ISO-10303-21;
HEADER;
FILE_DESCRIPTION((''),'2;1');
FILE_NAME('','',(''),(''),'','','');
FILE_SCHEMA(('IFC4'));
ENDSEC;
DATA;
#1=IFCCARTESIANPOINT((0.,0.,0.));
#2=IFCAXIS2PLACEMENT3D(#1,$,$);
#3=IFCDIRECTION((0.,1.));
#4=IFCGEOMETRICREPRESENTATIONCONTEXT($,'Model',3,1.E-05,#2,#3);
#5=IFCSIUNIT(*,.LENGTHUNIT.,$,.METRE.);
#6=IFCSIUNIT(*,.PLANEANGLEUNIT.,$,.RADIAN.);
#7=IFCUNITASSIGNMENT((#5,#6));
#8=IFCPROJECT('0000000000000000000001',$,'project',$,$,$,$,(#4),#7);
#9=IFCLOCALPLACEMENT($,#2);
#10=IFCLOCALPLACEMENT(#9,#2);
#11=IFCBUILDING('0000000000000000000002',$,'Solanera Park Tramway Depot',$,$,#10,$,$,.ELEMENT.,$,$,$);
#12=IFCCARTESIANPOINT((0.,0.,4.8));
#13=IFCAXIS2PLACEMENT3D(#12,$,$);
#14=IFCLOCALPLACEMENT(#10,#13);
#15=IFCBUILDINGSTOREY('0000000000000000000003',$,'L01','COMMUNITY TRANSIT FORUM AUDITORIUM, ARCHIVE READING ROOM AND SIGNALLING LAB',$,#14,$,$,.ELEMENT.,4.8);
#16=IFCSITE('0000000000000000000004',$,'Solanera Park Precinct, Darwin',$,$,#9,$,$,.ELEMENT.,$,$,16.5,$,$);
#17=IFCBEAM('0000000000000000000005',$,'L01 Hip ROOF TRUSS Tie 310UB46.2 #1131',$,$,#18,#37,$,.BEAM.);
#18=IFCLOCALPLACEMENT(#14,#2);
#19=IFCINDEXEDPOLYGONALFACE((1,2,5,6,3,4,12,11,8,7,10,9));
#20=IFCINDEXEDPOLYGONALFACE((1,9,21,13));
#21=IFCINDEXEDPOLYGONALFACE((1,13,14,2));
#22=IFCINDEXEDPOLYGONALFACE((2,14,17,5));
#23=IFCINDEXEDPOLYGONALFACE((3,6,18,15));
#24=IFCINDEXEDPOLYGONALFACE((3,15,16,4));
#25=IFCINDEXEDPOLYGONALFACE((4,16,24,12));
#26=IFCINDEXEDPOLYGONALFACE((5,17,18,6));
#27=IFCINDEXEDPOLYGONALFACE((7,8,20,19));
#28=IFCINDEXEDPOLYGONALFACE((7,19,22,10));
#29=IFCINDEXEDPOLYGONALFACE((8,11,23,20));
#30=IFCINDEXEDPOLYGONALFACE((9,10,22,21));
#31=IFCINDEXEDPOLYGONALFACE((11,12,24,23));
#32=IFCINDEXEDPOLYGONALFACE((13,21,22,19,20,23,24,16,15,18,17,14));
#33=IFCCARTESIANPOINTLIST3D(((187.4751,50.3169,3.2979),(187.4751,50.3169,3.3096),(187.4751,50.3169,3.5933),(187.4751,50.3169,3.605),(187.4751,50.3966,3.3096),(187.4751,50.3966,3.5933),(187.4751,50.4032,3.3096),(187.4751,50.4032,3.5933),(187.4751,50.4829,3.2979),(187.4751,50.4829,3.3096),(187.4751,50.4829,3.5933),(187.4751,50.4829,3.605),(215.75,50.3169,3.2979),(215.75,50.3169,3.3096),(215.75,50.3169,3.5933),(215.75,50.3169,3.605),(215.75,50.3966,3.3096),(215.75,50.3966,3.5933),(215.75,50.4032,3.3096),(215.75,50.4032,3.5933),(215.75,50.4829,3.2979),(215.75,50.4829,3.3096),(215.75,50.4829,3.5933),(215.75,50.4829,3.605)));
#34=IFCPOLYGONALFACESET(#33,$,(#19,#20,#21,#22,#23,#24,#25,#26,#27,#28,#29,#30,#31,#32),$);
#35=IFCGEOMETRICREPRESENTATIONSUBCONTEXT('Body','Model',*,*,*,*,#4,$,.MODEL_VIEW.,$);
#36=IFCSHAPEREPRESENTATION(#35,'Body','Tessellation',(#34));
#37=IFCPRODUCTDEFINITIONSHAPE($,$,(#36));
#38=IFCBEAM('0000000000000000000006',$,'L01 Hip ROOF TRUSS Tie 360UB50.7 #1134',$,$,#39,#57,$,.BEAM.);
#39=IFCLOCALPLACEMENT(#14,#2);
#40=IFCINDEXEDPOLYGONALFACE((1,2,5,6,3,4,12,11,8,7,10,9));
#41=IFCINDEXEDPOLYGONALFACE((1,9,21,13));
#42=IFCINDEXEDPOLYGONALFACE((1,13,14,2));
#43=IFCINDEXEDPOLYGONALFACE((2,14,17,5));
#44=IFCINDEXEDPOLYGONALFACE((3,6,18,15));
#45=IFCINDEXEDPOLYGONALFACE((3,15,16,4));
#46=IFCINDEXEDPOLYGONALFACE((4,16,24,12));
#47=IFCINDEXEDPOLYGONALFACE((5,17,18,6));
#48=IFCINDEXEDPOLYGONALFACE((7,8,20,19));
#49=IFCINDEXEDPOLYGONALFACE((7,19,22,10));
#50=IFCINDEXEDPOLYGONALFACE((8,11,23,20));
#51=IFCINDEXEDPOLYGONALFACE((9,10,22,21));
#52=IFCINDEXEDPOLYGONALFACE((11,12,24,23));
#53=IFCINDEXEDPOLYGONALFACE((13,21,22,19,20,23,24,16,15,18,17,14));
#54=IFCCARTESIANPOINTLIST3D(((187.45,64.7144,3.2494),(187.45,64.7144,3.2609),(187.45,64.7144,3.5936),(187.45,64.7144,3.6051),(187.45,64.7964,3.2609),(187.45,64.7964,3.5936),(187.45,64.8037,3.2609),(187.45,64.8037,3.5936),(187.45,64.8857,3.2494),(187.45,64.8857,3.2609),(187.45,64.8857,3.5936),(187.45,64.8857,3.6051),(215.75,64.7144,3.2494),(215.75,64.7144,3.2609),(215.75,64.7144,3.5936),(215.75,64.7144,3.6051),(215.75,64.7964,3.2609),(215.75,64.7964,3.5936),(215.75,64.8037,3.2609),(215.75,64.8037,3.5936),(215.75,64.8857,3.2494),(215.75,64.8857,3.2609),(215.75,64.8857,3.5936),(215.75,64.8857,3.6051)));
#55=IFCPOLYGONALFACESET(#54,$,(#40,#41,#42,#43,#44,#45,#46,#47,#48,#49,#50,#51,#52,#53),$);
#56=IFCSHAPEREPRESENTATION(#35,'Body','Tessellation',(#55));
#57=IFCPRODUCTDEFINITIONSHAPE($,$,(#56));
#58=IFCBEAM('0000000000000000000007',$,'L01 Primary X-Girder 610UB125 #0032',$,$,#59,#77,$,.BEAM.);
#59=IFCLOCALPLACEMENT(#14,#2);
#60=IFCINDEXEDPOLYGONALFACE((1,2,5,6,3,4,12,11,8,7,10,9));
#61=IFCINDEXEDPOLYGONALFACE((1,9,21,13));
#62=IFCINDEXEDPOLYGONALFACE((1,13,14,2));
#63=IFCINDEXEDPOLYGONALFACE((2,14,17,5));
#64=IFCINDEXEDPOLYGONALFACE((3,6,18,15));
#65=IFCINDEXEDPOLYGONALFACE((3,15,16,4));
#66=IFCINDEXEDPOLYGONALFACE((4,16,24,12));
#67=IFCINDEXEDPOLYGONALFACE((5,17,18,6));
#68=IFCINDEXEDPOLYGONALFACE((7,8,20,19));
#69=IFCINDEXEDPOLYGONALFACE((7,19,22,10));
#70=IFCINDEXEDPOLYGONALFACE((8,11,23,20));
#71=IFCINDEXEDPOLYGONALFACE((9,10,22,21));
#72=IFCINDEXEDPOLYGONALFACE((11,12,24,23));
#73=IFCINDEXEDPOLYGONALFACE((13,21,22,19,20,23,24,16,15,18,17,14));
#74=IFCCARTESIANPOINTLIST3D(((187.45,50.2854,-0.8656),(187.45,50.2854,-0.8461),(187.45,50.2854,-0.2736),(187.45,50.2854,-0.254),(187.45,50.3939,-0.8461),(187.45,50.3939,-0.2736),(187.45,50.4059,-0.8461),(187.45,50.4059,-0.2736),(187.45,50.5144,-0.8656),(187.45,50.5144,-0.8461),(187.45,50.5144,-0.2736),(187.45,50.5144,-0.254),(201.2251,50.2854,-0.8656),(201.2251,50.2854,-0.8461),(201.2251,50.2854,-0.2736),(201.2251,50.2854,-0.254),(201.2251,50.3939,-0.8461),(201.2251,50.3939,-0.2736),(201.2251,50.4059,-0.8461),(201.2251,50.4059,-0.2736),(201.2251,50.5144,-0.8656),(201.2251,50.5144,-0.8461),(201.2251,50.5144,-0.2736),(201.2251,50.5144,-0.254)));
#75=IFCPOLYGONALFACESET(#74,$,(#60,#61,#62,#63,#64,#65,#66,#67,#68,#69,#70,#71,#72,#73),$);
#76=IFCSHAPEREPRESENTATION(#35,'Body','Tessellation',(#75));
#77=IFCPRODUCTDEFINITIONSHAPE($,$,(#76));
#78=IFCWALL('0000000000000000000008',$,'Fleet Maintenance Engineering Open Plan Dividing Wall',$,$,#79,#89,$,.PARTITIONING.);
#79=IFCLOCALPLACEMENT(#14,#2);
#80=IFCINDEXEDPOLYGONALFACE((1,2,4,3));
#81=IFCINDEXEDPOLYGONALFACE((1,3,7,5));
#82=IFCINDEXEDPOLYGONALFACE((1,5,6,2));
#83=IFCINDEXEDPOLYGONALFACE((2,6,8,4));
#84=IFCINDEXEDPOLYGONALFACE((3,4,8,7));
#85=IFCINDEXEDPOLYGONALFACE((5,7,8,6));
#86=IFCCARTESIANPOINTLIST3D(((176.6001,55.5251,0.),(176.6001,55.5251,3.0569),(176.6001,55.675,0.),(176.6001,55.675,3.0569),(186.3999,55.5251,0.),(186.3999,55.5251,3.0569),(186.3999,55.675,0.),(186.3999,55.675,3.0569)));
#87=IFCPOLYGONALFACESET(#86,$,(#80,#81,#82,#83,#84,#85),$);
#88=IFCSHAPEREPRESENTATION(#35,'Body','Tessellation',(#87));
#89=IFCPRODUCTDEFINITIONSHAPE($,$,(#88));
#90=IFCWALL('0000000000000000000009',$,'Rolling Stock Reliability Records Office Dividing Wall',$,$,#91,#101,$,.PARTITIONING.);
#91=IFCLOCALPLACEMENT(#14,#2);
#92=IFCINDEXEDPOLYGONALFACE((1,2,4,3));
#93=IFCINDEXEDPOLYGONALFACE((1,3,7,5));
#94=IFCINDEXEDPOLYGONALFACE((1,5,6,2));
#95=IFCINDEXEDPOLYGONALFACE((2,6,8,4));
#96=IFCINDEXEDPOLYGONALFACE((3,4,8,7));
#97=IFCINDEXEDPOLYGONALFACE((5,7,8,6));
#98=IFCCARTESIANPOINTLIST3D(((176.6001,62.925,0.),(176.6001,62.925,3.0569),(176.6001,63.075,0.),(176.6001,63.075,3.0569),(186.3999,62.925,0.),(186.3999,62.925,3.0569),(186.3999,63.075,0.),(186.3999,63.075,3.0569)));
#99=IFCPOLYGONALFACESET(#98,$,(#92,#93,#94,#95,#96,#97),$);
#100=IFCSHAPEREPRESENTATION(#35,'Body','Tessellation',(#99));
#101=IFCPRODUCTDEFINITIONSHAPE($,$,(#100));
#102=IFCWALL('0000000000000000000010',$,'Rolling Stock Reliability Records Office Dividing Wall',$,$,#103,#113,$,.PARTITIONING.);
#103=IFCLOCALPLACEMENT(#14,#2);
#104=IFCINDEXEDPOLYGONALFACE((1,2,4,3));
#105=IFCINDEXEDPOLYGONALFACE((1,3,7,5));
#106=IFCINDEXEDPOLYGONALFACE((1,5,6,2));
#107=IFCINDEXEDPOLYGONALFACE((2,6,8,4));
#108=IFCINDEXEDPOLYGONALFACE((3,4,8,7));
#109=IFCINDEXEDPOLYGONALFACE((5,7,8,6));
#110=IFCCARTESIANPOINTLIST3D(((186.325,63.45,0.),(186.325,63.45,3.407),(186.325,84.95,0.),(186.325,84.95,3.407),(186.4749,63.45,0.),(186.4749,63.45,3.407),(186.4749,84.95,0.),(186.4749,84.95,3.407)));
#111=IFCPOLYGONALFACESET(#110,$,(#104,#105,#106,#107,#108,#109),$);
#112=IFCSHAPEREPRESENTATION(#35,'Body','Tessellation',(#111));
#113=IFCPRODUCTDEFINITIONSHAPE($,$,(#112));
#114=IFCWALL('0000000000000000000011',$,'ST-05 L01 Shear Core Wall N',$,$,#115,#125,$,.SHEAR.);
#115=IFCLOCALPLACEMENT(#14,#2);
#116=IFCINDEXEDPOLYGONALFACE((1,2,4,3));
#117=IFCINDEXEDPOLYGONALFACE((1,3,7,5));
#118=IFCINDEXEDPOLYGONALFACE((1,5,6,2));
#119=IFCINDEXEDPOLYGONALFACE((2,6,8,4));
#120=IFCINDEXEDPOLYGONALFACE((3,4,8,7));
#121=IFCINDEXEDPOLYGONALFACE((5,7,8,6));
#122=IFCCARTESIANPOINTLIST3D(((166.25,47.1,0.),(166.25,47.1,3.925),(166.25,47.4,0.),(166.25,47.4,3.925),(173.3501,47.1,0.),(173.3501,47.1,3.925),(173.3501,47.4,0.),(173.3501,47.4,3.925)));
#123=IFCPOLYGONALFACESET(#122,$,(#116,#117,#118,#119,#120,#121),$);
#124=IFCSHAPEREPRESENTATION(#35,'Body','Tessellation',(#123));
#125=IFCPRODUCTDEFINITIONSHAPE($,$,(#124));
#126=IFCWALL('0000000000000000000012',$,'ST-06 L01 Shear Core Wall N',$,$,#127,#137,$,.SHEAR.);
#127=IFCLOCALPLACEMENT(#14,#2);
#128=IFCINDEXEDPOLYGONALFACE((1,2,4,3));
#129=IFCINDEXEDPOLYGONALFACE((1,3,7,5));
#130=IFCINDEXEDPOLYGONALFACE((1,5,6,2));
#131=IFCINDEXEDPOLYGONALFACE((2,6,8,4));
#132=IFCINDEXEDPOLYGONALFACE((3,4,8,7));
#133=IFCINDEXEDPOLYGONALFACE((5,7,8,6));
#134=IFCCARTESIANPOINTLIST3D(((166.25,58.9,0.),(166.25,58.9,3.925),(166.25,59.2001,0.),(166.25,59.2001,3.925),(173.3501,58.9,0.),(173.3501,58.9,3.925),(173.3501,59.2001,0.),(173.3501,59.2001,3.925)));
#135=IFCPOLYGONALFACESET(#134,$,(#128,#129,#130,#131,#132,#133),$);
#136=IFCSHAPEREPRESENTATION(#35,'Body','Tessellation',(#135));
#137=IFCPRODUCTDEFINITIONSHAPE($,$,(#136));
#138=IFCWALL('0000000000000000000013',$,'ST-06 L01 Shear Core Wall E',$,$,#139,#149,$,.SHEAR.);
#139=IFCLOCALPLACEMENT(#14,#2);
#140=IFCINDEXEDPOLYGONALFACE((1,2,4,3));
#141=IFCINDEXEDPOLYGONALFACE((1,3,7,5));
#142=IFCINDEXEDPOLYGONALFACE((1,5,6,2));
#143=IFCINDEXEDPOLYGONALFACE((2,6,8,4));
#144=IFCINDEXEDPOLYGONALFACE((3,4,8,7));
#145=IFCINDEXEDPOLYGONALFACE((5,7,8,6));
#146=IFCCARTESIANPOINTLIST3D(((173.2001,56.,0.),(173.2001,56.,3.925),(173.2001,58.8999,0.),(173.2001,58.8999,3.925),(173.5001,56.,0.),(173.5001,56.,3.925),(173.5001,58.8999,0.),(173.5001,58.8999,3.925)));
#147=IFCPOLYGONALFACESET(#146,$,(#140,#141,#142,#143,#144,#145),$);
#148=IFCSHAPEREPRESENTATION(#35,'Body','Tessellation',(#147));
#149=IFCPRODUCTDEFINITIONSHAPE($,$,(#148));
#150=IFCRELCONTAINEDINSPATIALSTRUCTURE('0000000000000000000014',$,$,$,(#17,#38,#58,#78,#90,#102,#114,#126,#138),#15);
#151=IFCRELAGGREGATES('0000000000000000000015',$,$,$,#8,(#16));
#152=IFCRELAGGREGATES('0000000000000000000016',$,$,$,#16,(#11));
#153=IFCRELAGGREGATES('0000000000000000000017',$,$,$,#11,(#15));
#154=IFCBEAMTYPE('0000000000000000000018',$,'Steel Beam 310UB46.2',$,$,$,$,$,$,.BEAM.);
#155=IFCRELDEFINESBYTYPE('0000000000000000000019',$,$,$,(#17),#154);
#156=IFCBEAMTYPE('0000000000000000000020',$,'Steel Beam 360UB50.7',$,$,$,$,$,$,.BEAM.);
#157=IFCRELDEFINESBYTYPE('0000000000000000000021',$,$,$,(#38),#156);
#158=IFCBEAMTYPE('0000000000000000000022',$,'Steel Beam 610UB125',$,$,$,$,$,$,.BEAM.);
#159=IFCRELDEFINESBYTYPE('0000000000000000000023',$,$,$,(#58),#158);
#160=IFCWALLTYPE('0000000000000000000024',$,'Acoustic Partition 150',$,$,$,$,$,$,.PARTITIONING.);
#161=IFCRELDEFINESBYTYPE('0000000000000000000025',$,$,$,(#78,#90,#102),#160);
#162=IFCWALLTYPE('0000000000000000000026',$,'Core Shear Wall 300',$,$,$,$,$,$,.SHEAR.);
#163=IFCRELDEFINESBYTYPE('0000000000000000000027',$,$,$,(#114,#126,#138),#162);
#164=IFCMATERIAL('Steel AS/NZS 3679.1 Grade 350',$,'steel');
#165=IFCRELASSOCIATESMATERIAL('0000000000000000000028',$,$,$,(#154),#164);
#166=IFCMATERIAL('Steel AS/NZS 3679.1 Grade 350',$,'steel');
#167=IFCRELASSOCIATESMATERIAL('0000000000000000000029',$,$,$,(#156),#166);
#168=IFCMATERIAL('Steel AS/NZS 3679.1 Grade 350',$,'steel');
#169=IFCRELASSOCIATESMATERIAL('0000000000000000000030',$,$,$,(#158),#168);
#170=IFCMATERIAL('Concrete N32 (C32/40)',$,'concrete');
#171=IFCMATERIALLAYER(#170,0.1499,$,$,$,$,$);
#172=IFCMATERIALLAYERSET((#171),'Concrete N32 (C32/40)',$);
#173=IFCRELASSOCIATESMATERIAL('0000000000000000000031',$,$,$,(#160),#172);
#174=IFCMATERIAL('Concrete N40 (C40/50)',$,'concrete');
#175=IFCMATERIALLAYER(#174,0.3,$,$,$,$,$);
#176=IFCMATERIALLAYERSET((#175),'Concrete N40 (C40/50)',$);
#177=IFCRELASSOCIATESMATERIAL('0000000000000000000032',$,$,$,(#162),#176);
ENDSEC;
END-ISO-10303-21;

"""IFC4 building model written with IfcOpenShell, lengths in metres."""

from ifc_helpers import new_model, si_unit, direction, frame, frame_2d, origin, origin_2d, place, context, subcontext, project, spatial, rectangle, i_section, extrude, material, layer, layer_set, material_profile, profile_set, type_object, element, save


model = new_model("IFC4")

# Units and contexts
model_context = context("Model", 3, precision=1e-05, world=origin(), true_north=direction((0.0, 1.0)))
body_context = subcontext(model_context, "Body", "Model", "MODEL_VIEW")
ifc_project = project(units=[si_unit("LENGTHUNIT", "METRE"), si_unit("PLANEANGLEUNIT", "RADIAN")], contexts=[model_context])

# Site, building, storey
site_placement = place(None, origin())
site = spatial("IfcSite", under=ifc_project, at=site_placement, Name="Solanera Park Precinct, Darwin", CompositionType="ELEMENT", RefElevation=16.5)
building_placement = place(site_placement, origin())
building = spatial("IfcBuilding", under=site, at=building_placement, Name="Solanera Park Tramway Depot", CompositionType="ELEMENT")
storey_placement = place(building_placement, frame((0.0, 0.0, 4.8)))
storey = spatial("IfcBuildingStorey", under=building, at=storey_placement, Name="L01", Description="COMMUNITY TRANSIT FORUM AUDITORIUM, ARCHIVE READING ROOM AND SIGNALLING LAB", CompositionType="ELEMENT", Elevation=4.8)

# Beams
ifc_material_1 = material(Name="Steel AS/NZS 3679.1 Grade 350", Category="steel")
ifc_material_profile_1 = material_profile(ifc_material_1, i_section(OverallWidth=0.166, OverallDepth=0.3071, WebThickness=0.0066, FlangeThickness=0.0117, at=origin_2d()), Name="310UB46.2")
ifc_profile_set_1 = profile_set([ifc_material_profile_1], Name="Steel AS/NZS 3679.1 Grade 350")
beam_type_1 = type_object("IfcBeamType", Name="Steel Beam 310UB46.2", PredefinedType="BEAM", material=ifc_profile_set_1)
beam_1_placement = place(storey_placement, frame((187.4751, 50.3999, 3.4514), z_axis=(1.0, 0.0, 0.0), x_axis=(0.0, 1.0, 0.0)))
element("IfcBeam", 1, at=beam_1_placement, inside=storey, type_object=beam_type_1, Name="L01 Hip ROOF TRUSS Tie 310UB46.2 #1131", PredefinedType="BEAM", context=body_context, shape_type="SweptSolid", body=[
    extrude(i_section(OverallWidth=0.166, OverallDepth=0.3071, WebThickness=0.0066, FlangeThickness=0.0117, at=origin_2d()), origin(), (0.0, 0.0, 1.0), 28.2749),
])
ifc_material_2 = material(Name="Steel AS/NZS 3679.1 Grade 350", Category="steel")
ifc_material_profile_2 = material_profile(ifc_material_2, i_section(OverallWidth=0.1714, OverallDepth=0.3557, WebThickness=0.0073, FlangeThickness=0.0115, at=origin_2d()), Name="360UB50.7")
ifc_profile_set_2 = profile_set([ifc_material_profile_2], Name="Steel AS/NZS 3679.1 Grade 350")
beam_type_2 = type_object("IfcBeamType", Name="Steel Beam 360UB50.7", PredefinedType="BEAM", material=ifc_profile_set_2)
beam_2_placement = place(storey_placement, frame((187.45, 64.8, 3.4272), z_axis=(1.0, 0.0, 0.0), x_axis=(0.0, 1.0, 0.0)))
element("IfcBeam", 2, at=beam_2_placement, inside=storey, type_object=beam_type_2, Name="L01 Hip ROOF TRUSS Tie 360UB50.7 #1134", PredefinedType="BEAM", context=body_context, shape_type="SweptSolid", body=[
    extrude(i_section(OverallWidth=0.1714, OverallDepth=0.3557, WebThickness=0.0073, FlangeThickness=0.0115, at=origin_2d()), origin(), (0.0, 0.0, 1.0), 28.3),
])
ifc_material_3 = material(Name="Steel AS/NZS 3679.1 Grade 350", Category="steel")
ifc_material_profile_3 = material_profile(ifc_material_3, i_section(OverallWidth=0.229, OverallDepth=0.6116, WebThickness=0.012, FlangeThickness=0.0195, at=origin_2d()), Name="610UB125")
ifc_profile_set_3 = profile_set([ifc_material_profile_3], Name="Steel AS/NZS 3679.1 Grade 350")
beam_type_3 = type_object("IfcBeamType", Name="Steel Beam 610UB125", PredefinedType="BEAM", material=ifc_profile_set_3)
beam_3_placement = place(storey_placement, frame((187.45, 50.3999, -0.5598), z_axis=(1.0, 0.0, 0.0), x_axis=(0.0, 1.0, 0.0)))
element("IfcBeam", 3, at=beam_3_placement, inside=storey, type_object=beam_type_3, Name="L01 Primary X-Girder 610UB125 #0032", PredefinedType="BEAM", context=body_context, shape_type="SweptSolid", body=[
    extrude(i_section(OverallWidth=0.229, OverallDepth=0.6116, WebThickness=0.012, FlangeThickness=0.0195, at=origin_2d()), origin(), (0.0, 0.0, 1.0), 13.7751),
])

# Walls
ifc_material_4 = material(Name="Concrete N32 (C32/40)", Category="concrete")
ifc_layer_1 = layer(ifc_material_4, 0.1499)
ifc_layer_set_1 = layer_set([ifc_layer_1], Name="Concrete N32 (C32/40)")
wall_type_1 = type_object("IfcWallType", Name="Acoustic Partition 150", PredefinedType="PARTITIONING", material=ifc_layer_set_1)
for number, where, z_axis, x_axis, name in (
    (4, (176.6001, 55.6001, 0.0), (0.0, 0.0, 1.0), (1.0, 0.0, 0.0), "Fleet Maintenance Engineering Open Plan Dividing Wall"),
    (5, (186.3999, 63.0, 0.0), (0.0, 0.0, 1.0), (-1.0, 0.0, 0.0), "Rolling Stock Reliability Records Office Dividing Wall"),
):
    element("IfcWall", number, at=place(storey_placement, frame(where, z_axis=z_axis, x_axis=x_axis)), inside=storey, type_object=wall_type_1, Name=name, PredefinedType="PARTITIONING", context=body_context, shape_type="SweptSolid", body=[
        extrude(rectangle(XDim=9.7998, YDim=0.1499, at=frame_2d((4.8999, 0.0))), origin(), (0.0, 0.0, 1.0), 3.0569),
    ])
wall_1_placement = place(storey_placement, frame((186.3999, 63.45, 0.0), z_axis=(0.0, 0.0, 1.0), x_axis=(0.0, 1.0, 0.0)))
element("IfcWall", 6, at=wall_1_placement, inside=storey, type_object=wall_type_1, Name="Rolling Stock Reliability Records Office Dividing Wall", PredefinedType="PARTITIONING", context=body_context, shape_type="SweptSolid", body=[
    extrude(rectangle(XDim=21.5, YDim=0.1499, at=frame_2d((10.75, 0.0))), origin(), (0.0, 0.0, 1.0), 3.407),
])
ifc_material_5 = material(Name="Concrete N40 (C40/50)", Category="concrete")
ifc_layer_2 = layer(ifc_material_5, 0.3)
ifc_layer_set_2 = layer_set([ifc_layer_2], Name="Concrete N40 (C40/50)")
wall_type_2 = type_object("IfcWallType", Name="Core Shear Wall 300", PredefinedType="SHEAR", material=ifc_layer_set_2)
for number, where, z_axis, x_axis, name in (
    (7, (173.3501, 47.25, 0.0), (0.0, 0.0, 1.0), (-1.0, 0.0, 0.0), "ST-05 L01 Shear Core Wall N"),
    (8, (173.3501, 59.05, 0.0), (0.0, 0.0, 1.0), (-1.0, 0.0, 0.0), "ST-06 L01 Shear Core Wall N"),
):
    element("IfcWall", number, at=place(storey_placement, frame(where, z_axis=z_axis, x_axis=x_axis)), inside=storey, type_object=wall_type_2, Name=name, PredefinedType="SHEAR", context=body_context, shape_type="SweptSolid", body=[
        extrude(rectangle(XDim=7.1001, YDim=0.3, at=frame_2d((3.55, 0.0))), origin(), (0.0, 0.0, 1.0), 3.925),
    ])
wall_2_placement = place(storey_placement, frame((173.3501, 56.0, 0.0), z_axis=(0.0, 0.0, 1.0), x_axis=(0.0, 1.0, 0.0)))
element("IfcWall", 9, at=wall_2_placement, inside=storey, type_object=wall_type_2, Name="ST-06 L01 Shear Core Wall E", PredefinedType="SHEAR", context=body_context, shape_type="SweptSolid", body=[
    extrude(rectangle(XDim=2.8999, YDim=0.3, at=frame_2d((1.45, 0.0))), origin(), (0.0, 0.0, 1.0), 3.925),
])

save(model, "model.ifc")
